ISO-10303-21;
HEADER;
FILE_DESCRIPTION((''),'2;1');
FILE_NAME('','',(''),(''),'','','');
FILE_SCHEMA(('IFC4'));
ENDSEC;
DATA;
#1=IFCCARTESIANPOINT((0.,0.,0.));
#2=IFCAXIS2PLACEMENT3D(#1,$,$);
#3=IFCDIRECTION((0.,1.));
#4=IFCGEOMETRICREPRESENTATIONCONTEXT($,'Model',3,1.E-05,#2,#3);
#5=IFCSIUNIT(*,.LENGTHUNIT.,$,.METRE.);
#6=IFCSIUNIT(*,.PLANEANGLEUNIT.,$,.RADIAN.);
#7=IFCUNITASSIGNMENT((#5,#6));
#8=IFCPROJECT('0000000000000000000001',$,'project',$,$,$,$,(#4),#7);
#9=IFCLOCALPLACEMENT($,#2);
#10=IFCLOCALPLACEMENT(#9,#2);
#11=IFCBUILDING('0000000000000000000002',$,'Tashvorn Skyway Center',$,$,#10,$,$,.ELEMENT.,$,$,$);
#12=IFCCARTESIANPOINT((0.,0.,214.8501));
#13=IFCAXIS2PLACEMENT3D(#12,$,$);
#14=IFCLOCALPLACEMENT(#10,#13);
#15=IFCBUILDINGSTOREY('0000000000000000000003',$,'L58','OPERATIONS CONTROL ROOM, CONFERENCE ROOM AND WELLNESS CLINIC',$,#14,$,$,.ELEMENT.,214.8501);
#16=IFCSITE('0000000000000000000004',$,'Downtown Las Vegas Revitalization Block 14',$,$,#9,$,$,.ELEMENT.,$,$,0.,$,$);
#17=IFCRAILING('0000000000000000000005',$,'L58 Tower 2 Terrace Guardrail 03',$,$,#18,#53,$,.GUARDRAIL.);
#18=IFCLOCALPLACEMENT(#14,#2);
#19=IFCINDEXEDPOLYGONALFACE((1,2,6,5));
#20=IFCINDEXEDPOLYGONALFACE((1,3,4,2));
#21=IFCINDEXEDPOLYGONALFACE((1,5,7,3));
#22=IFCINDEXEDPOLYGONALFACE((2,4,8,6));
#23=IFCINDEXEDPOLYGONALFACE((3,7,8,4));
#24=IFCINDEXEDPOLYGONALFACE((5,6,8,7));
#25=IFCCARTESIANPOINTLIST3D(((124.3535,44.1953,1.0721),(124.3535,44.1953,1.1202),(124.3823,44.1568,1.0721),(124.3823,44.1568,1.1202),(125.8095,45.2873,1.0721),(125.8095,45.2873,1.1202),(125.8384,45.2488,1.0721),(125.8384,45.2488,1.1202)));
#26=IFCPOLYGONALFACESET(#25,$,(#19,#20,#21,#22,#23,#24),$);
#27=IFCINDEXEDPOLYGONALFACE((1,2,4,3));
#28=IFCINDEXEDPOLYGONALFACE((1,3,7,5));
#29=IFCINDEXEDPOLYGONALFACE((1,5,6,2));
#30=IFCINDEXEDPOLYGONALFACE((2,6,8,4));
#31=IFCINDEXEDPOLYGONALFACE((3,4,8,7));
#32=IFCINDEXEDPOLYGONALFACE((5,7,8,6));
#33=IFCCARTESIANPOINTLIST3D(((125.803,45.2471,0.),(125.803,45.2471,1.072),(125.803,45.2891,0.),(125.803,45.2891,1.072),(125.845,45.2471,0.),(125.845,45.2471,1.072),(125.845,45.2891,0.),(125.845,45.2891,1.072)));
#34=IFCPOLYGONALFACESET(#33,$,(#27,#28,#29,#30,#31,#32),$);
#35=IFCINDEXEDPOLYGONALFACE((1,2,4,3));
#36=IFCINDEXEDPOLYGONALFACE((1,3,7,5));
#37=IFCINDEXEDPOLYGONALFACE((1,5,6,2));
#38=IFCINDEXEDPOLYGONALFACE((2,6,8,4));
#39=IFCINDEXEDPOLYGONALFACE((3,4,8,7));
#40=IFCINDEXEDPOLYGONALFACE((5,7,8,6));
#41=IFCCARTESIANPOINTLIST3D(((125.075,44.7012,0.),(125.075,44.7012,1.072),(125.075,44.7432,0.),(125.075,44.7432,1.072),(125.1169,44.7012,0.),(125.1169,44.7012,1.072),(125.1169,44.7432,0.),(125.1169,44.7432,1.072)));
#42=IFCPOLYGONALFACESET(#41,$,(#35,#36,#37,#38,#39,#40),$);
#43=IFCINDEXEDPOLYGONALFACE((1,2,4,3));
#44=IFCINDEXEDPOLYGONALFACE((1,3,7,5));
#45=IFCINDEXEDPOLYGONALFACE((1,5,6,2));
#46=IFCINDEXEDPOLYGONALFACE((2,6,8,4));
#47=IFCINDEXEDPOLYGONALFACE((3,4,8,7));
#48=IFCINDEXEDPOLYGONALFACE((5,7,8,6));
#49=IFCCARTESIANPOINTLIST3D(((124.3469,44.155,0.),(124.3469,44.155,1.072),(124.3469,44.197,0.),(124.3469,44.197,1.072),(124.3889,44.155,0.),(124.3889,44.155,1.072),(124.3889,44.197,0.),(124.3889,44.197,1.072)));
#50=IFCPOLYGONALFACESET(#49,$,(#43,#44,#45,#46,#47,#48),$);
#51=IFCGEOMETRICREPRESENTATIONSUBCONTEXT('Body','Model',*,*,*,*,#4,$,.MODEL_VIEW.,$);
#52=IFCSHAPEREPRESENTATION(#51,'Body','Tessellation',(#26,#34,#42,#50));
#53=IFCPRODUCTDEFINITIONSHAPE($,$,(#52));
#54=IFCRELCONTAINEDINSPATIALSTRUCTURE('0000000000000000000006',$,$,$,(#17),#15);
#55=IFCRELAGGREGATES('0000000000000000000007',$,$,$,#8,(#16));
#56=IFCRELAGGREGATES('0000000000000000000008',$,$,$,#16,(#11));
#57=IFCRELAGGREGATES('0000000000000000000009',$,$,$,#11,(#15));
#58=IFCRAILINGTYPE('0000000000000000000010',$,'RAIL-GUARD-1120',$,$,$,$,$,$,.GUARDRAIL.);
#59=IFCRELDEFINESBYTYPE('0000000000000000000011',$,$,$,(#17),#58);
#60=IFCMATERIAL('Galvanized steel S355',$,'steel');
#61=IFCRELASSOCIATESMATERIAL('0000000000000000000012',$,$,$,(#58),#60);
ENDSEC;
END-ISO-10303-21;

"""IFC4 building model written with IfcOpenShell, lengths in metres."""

from ifc_helpers import new_model, si_unit, direction, frame, origin, origin_2d, place, context, subcontext, project, spatial, rectangle, extrude, material, type_object, element, save


model = new_model("IFC4")

# Units and contexts
model_context = context("Model", 3, precision=1e-05, world=origin(), true_north=direction((0.0, 1.0)))
body_context = subcontext(model_context, "Body", "Model", "MODEL_VIEW")
ifc_project = project(units=[si_unit("LENGTHUNIT", "METRE"), si_unit("PLANEANGLEUNIT", "RADIAN")], contexts=[model_context])

# Site, building, storey
site_placement = place(None, origin())
site = spatial("IfcSite", under=ifc_project, at=site_placement, Name="Downtown Las Vegas Revitalization Block 14", CompositionType="ELEMENT", RefElevation=0.0)
building_placement = place(site_placement, origin())
building = spatial("IfcBuilding", under=site, at=building_placement, Name="Tashvorn Skyway Center", CompositionType="ELEMENT")
storey_placement = place(building_placement, frame((0.0, 0.0, 214.8501)))
storey = spatial("IfcBuildingStorey", under=building, at=storey_placement, Name="L58", Description="OPERATIONS CONTROL ROOM, CONFERENCE ROOM AND WELLNESS CLINIC", CompositionType="ELEMENT", Elevation=214.8501)

# Railing
ifc_material_1 = material(Name="Galvanized steel S355", Category="steel")
railing_type = type_object("IfcRailingType", Name="RAIL-GUARD-1120", PredefinedType="GUARDRAIL", material=ifc_material_1)
railing_1_placement = place(storey_placement, frame((125.824, 45.2681, 0.0)))
element("IfcRailing", 1, at=railing_1_placement, inside=storey, type_object=railing_type, Name="L58 Tower 2 Terrace Guardrail 03", PredefinedType="GUARDRAIL", context=body_context, shape_type="SweptSolid", body=[
    extrude(rectangle(XDim=0.0481, YDim=0.0481, at=origin_2d()), frame((0.0, 0.0, 1.0962), z_axis=(-0.8, -0.6, 0.0), x_axis=(0.6, -0.8, 0.0)), (0.0, 0.0, 1.0), 1.8201),
    extrude(rectangle(XDim=0.042, YDim=0.042, at=origin_2d()), origin(), (0.0, 0.0, 1.0), 1.072),
    extrude(rectangle(XDim=0.042, YDim=0.042, at=origin_2d()), frame((-0.728, -0.5459, 0.0)), (0.0, 0.0, 1.0), 1.072),
    extrude(rectangle(XDim=0.042, YDim=0.042, at=origin_2d()), frame((-1.4561, -1.092, 0.0)), (0.0, 0.0, 1.0), 1.072),
])

save(model, "model.ifc")
